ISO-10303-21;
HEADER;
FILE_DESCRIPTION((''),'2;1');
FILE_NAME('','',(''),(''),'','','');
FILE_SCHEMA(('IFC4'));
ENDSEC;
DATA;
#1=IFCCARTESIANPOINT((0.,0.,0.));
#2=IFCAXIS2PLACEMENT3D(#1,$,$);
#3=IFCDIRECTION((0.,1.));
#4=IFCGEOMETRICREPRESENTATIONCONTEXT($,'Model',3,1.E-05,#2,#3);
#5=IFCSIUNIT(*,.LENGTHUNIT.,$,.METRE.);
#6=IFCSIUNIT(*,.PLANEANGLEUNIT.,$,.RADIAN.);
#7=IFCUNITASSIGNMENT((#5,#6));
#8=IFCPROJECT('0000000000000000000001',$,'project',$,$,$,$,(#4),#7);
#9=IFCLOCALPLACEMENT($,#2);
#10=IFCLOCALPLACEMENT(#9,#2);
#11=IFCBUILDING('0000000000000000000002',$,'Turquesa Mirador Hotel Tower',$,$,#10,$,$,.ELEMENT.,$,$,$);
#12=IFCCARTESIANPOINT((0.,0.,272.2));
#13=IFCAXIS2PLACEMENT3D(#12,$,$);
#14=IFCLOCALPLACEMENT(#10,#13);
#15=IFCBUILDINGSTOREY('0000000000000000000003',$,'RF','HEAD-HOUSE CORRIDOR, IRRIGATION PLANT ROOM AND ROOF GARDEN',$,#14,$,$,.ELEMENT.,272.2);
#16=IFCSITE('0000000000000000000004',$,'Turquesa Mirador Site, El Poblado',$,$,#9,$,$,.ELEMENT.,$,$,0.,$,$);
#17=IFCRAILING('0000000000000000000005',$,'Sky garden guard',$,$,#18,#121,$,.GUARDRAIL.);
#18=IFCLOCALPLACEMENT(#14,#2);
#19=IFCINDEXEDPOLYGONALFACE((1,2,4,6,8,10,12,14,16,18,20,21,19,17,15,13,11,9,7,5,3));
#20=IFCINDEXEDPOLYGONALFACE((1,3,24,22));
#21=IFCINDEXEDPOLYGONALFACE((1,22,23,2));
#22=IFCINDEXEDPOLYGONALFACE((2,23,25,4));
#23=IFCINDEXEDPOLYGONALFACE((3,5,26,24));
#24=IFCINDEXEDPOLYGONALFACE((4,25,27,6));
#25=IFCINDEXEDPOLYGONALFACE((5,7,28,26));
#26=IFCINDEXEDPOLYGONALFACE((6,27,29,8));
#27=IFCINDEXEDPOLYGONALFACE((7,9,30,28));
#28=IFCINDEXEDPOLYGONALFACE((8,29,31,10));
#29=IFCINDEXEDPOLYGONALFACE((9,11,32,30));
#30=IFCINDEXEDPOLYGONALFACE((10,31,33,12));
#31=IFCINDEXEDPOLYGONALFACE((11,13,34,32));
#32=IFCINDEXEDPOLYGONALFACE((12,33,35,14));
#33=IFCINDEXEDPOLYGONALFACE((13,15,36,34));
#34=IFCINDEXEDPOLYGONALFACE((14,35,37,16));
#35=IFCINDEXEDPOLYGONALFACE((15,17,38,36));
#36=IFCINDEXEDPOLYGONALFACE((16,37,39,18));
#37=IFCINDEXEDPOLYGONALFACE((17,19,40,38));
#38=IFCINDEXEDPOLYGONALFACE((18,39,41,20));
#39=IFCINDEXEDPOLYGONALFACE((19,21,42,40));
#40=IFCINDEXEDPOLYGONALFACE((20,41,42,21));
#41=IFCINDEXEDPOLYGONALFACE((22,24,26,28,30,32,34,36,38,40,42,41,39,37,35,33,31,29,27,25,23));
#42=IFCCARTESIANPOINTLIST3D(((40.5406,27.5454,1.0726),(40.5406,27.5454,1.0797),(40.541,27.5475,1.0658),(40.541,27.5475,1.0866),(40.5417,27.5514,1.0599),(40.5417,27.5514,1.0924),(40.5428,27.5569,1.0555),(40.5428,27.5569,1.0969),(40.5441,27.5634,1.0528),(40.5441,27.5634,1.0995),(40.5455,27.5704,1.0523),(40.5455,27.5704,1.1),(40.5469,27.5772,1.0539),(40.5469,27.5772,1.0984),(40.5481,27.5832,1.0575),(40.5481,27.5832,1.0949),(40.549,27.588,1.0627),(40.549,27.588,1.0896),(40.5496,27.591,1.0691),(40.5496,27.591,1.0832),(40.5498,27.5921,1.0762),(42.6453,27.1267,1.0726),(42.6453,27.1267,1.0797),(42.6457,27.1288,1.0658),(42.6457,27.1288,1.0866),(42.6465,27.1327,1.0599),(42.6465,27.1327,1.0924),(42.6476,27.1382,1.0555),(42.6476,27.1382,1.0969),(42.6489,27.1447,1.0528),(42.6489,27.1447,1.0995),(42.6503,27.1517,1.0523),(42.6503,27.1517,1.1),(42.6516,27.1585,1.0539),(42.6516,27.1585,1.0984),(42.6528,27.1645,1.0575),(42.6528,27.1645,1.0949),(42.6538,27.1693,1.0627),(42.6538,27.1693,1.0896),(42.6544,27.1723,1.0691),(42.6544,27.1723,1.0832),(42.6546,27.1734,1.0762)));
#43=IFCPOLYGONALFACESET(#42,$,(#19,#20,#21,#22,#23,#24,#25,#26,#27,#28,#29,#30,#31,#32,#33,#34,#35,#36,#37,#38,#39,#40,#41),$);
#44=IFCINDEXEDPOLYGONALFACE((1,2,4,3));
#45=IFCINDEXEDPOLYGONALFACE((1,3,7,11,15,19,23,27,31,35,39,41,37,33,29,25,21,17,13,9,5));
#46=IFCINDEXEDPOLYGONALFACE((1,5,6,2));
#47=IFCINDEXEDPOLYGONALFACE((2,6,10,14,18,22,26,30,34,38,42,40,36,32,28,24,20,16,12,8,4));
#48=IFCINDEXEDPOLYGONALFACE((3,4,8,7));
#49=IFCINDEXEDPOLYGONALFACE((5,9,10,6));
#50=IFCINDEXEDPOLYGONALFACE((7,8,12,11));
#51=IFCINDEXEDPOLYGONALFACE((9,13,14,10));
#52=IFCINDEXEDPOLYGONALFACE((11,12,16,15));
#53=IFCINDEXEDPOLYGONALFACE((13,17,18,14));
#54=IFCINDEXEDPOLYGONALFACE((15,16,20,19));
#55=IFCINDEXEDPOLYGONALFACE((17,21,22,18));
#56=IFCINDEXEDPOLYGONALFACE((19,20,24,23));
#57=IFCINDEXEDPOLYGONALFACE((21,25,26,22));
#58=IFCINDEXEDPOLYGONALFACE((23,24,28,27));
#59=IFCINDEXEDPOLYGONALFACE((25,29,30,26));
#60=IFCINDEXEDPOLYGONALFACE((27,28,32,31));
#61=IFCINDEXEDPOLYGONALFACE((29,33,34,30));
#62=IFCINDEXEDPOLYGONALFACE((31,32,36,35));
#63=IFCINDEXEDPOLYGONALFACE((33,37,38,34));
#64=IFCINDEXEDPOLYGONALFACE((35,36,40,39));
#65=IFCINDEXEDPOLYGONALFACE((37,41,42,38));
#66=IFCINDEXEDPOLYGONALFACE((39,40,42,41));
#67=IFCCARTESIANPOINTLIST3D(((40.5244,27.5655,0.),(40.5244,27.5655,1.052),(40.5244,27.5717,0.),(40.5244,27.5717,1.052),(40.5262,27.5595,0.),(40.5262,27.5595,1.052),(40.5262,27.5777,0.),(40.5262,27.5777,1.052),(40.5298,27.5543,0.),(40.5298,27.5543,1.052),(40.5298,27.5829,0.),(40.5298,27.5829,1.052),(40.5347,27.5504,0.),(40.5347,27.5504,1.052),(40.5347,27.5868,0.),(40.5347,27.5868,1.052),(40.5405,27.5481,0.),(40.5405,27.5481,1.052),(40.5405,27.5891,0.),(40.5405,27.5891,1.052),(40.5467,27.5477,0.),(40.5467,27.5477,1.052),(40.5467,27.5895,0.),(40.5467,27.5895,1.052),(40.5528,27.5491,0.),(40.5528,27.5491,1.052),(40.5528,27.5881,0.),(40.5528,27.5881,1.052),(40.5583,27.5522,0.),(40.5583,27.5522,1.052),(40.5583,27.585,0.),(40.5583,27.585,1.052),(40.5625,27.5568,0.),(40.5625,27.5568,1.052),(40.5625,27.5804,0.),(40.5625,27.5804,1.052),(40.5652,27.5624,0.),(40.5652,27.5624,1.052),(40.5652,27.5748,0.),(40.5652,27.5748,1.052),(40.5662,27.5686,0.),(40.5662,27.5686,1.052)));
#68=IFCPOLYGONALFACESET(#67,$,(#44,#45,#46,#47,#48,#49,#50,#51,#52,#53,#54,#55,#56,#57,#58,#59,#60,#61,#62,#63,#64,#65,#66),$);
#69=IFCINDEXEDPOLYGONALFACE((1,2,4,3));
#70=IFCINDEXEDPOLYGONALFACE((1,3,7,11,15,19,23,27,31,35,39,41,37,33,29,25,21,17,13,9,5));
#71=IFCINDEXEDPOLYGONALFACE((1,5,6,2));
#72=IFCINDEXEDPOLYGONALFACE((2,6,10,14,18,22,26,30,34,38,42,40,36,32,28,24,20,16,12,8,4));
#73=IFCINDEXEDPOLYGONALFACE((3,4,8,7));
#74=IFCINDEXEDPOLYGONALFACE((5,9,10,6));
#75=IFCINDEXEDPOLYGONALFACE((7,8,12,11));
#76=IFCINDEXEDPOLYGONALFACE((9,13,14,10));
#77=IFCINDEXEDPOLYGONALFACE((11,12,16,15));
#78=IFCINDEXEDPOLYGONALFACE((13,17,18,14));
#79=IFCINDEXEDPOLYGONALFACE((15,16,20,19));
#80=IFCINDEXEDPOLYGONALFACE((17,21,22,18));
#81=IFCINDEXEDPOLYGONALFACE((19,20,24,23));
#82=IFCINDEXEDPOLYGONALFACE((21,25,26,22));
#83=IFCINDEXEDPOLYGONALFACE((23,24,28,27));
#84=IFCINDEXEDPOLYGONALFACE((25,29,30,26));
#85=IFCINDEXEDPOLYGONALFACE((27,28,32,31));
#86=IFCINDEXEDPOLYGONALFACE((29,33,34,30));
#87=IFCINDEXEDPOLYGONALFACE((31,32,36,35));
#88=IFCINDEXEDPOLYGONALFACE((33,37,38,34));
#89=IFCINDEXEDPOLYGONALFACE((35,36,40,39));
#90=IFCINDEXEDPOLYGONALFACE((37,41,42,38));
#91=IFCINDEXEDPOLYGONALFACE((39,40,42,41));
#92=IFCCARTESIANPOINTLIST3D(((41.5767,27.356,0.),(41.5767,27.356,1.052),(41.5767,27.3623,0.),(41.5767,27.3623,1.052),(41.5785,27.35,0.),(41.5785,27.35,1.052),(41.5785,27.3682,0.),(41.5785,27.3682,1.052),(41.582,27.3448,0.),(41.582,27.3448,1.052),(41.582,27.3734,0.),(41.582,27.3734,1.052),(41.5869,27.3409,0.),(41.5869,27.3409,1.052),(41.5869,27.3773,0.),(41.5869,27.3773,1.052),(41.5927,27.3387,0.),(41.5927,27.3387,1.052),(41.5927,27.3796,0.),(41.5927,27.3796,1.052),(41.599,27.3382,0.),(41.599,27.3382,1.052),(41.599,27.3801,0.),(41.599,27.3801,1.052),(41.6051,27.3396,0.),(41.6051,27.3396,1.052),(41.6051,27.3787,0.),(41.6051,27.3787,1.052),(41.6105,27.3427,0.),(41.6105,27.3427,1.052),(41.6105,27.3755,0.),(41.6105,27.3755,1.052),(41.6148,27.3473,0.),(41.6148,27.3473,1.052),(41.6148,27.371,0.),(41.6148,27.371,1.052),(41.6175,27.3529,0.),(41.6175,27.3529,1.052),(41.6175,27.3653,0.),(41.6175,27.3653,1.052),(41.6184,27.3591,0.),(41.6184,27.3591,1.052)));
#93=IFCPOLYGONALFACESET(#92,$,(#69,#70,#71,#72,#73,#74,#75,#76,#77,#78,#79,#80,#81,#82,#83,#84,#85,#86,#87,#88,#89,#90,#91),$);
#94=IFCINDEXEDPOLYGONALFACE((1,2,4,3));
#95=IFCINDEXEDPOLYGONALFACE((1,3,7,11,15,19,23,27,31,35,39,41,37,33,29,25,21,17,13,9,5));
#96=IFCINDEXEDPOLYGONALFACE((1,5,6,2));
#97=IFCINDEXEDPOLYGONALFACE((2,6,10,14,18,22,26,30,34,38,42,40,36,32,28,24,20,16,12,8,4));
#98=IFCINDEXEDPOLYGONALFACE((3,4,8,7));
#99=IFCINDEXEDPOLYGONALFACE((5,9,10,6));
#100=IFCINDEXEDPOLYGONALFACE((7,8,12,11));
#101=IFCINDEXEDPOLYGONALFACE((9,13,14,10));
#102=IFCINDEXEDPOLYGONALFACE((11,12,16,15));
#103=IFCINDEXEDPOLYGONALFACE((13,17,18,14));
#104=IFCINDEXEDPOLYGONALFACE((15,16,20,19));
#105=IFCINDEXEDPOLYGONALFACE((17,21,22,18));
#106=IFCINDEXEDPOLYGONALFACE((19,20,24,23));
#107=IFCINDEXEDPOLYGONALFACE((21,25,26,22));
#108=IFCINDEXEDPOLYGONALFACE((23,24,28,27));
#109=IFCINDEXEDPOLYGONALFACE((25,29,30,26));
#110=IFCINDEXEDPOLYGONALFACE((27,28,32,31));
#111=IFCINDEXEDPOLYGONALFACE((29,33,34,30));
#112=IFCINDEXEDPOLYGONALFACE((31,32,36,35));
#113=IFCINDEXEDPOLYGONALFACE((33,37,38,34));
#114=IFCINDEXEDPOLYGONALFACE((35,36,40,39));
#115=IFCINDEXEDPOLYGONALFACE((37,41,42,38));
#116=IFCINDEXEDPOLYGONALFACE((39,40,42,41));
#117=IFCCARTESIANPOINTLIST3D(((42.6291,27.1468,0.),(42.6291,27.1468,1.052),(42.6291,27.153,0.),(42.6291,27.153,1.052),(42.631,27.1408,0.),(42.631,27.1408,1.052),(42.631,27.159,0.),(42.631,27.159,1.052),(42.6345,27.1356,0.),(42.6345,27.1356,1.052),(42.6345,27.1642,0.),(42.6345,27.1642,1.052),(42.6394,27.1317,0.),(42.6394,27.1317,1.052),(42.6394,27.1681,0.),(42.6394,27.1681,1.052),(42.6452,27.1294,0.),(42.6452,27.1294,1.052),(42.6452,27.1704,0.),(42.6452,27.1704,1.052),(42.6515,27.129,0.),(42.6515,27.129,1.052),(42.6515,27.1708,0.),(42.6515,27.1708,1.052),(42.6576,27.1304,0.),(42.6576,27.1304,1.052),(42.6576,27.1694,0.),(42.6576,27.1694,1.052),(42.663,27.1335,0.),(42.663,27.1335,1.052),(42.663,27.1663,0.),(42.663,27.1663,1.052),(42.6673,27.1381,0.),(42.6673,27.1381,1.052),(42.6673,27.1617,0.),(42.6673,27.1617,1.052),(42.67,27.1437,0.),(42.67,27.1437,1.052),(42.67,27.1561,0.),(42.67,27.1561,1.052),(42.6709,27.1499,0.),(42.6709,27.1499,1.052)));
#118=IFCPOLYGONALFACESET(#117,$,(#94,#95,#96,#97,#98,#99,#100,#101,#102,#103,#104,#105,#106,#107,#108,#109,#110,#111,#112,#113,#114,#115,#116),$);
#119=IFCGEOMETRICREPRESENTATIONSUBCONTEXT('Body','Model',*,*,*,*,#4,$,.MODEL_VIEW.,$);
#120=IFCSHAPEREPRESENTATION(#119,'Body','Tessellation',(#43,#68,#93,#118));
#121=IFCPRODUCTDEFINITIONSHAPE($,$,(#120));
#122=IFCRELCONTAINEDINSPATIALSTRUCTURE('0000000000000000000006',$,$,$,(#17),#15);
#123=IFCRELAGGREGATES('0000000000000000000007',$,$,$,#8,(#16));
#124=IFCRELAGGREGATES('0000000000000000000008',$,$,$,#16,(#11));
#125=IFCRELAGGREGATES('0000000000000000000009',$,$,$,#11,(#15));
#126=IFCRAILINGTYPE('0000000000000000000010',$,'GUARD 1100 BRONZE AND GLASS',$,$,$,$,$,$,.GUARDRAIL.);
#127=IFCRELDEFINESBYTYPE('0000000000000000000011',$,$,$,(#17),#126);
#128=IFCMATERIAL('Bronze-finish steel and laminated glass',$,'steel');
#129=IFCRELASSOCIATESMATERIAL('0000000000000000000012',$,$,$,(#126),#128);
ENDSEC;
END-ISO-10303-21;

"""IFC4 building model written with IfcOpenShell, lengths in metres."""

from ifc_helpers import new_model, si_unit, direction, frame, origin, origin_2d, place, context, subcontext, project, spatial, circle, extrude, material, type_object, element, save


model = new_model("IFC4")

# Units and contexts
model_context = context("Model", 3, precision=1e-05, world=origin(), true_north=direction((0.0, 1.0)))
body_context = subcontext(model_context, "Body", "Model", "MODEL_VIEW")
ifc_project = project(units=[si_unit("LENGTHUNIT", "METRE"), si_unit("PLANEANGLEUNIT", "RADIAN")], contexts=[model_context])

# Site, building, storey
site_placement = place(None, origin())
site = spatial("IfcSite", under=ifc_project, at=site_placement, Name="Turquesa Mirador Site, El Poblado", CompositionType="ELEMENT", RefElevation=0.0)
building_placement = place(site_placement, origin())
building = spatial("IfcBuilding", under=site, at=building_placement, Name="Turquesa Mirador Hotel Tower", CompositionType="ELEMENT")
storey_placement = place(building_placement, frame((0.0, 0.0, 272.2)))
storey = spatial("IfcBuildingStorey", under=building, at=storey_placement, Name="RF", Description="HEAD-HOUSE CORRIDOR, IRRIGATION PLANT ROOM AND ROOF GARDEN", CompositionType="ELEMENT", Elevation=272.2)

# Railing
ifc_material_1 = material(Name="Bronze-finish steel and laminated glass", Category="steel")
railing_type = type_object("IfcRailingType", Name="GUARD 1100 BRONZE AND GLASS", PredefinedType="GUARDRAIL", material=ifc_material_1)
railing_1_placement = place(storey_placement, frame((40.5452, 27.5686, 0.0)))
element("IfcRailing", 1, at=railing_1_placement, inside=storey, type_object=railing_type, Name="Sky garden guard", PredefinedType="GUARDRAIL", context=body_context, shape_type="SweptSolid", body=[
    extrude(circle(Radius=0.0239, at=origin_2d()), frame((0.0, 0.0, 1.0762), z_axis=(0.980781, -0.19511, 0.0), x_axis=(0.19511, 0.980781, 0.0)), (0.0, 0.0, 1.0), 2.146),
    extrude(circle(Radius=0.021, at=origin_2d()), origin(), (0.0, 0.0, 1.0), 1.052),
    extrude(circle(Radius=0.021, at=origin_2d()), frame((1.0522, -0.2095, 0.0)), (0.0, 0.0, 1.0), 1.052),
    extrude(circle(Radius=0.021, at=origin_2d()), frame((2.1047, -0.4187, 0.0)), (0.0, 0.0, 1.0), 1.052),
])

save(model, "model.ifc")
